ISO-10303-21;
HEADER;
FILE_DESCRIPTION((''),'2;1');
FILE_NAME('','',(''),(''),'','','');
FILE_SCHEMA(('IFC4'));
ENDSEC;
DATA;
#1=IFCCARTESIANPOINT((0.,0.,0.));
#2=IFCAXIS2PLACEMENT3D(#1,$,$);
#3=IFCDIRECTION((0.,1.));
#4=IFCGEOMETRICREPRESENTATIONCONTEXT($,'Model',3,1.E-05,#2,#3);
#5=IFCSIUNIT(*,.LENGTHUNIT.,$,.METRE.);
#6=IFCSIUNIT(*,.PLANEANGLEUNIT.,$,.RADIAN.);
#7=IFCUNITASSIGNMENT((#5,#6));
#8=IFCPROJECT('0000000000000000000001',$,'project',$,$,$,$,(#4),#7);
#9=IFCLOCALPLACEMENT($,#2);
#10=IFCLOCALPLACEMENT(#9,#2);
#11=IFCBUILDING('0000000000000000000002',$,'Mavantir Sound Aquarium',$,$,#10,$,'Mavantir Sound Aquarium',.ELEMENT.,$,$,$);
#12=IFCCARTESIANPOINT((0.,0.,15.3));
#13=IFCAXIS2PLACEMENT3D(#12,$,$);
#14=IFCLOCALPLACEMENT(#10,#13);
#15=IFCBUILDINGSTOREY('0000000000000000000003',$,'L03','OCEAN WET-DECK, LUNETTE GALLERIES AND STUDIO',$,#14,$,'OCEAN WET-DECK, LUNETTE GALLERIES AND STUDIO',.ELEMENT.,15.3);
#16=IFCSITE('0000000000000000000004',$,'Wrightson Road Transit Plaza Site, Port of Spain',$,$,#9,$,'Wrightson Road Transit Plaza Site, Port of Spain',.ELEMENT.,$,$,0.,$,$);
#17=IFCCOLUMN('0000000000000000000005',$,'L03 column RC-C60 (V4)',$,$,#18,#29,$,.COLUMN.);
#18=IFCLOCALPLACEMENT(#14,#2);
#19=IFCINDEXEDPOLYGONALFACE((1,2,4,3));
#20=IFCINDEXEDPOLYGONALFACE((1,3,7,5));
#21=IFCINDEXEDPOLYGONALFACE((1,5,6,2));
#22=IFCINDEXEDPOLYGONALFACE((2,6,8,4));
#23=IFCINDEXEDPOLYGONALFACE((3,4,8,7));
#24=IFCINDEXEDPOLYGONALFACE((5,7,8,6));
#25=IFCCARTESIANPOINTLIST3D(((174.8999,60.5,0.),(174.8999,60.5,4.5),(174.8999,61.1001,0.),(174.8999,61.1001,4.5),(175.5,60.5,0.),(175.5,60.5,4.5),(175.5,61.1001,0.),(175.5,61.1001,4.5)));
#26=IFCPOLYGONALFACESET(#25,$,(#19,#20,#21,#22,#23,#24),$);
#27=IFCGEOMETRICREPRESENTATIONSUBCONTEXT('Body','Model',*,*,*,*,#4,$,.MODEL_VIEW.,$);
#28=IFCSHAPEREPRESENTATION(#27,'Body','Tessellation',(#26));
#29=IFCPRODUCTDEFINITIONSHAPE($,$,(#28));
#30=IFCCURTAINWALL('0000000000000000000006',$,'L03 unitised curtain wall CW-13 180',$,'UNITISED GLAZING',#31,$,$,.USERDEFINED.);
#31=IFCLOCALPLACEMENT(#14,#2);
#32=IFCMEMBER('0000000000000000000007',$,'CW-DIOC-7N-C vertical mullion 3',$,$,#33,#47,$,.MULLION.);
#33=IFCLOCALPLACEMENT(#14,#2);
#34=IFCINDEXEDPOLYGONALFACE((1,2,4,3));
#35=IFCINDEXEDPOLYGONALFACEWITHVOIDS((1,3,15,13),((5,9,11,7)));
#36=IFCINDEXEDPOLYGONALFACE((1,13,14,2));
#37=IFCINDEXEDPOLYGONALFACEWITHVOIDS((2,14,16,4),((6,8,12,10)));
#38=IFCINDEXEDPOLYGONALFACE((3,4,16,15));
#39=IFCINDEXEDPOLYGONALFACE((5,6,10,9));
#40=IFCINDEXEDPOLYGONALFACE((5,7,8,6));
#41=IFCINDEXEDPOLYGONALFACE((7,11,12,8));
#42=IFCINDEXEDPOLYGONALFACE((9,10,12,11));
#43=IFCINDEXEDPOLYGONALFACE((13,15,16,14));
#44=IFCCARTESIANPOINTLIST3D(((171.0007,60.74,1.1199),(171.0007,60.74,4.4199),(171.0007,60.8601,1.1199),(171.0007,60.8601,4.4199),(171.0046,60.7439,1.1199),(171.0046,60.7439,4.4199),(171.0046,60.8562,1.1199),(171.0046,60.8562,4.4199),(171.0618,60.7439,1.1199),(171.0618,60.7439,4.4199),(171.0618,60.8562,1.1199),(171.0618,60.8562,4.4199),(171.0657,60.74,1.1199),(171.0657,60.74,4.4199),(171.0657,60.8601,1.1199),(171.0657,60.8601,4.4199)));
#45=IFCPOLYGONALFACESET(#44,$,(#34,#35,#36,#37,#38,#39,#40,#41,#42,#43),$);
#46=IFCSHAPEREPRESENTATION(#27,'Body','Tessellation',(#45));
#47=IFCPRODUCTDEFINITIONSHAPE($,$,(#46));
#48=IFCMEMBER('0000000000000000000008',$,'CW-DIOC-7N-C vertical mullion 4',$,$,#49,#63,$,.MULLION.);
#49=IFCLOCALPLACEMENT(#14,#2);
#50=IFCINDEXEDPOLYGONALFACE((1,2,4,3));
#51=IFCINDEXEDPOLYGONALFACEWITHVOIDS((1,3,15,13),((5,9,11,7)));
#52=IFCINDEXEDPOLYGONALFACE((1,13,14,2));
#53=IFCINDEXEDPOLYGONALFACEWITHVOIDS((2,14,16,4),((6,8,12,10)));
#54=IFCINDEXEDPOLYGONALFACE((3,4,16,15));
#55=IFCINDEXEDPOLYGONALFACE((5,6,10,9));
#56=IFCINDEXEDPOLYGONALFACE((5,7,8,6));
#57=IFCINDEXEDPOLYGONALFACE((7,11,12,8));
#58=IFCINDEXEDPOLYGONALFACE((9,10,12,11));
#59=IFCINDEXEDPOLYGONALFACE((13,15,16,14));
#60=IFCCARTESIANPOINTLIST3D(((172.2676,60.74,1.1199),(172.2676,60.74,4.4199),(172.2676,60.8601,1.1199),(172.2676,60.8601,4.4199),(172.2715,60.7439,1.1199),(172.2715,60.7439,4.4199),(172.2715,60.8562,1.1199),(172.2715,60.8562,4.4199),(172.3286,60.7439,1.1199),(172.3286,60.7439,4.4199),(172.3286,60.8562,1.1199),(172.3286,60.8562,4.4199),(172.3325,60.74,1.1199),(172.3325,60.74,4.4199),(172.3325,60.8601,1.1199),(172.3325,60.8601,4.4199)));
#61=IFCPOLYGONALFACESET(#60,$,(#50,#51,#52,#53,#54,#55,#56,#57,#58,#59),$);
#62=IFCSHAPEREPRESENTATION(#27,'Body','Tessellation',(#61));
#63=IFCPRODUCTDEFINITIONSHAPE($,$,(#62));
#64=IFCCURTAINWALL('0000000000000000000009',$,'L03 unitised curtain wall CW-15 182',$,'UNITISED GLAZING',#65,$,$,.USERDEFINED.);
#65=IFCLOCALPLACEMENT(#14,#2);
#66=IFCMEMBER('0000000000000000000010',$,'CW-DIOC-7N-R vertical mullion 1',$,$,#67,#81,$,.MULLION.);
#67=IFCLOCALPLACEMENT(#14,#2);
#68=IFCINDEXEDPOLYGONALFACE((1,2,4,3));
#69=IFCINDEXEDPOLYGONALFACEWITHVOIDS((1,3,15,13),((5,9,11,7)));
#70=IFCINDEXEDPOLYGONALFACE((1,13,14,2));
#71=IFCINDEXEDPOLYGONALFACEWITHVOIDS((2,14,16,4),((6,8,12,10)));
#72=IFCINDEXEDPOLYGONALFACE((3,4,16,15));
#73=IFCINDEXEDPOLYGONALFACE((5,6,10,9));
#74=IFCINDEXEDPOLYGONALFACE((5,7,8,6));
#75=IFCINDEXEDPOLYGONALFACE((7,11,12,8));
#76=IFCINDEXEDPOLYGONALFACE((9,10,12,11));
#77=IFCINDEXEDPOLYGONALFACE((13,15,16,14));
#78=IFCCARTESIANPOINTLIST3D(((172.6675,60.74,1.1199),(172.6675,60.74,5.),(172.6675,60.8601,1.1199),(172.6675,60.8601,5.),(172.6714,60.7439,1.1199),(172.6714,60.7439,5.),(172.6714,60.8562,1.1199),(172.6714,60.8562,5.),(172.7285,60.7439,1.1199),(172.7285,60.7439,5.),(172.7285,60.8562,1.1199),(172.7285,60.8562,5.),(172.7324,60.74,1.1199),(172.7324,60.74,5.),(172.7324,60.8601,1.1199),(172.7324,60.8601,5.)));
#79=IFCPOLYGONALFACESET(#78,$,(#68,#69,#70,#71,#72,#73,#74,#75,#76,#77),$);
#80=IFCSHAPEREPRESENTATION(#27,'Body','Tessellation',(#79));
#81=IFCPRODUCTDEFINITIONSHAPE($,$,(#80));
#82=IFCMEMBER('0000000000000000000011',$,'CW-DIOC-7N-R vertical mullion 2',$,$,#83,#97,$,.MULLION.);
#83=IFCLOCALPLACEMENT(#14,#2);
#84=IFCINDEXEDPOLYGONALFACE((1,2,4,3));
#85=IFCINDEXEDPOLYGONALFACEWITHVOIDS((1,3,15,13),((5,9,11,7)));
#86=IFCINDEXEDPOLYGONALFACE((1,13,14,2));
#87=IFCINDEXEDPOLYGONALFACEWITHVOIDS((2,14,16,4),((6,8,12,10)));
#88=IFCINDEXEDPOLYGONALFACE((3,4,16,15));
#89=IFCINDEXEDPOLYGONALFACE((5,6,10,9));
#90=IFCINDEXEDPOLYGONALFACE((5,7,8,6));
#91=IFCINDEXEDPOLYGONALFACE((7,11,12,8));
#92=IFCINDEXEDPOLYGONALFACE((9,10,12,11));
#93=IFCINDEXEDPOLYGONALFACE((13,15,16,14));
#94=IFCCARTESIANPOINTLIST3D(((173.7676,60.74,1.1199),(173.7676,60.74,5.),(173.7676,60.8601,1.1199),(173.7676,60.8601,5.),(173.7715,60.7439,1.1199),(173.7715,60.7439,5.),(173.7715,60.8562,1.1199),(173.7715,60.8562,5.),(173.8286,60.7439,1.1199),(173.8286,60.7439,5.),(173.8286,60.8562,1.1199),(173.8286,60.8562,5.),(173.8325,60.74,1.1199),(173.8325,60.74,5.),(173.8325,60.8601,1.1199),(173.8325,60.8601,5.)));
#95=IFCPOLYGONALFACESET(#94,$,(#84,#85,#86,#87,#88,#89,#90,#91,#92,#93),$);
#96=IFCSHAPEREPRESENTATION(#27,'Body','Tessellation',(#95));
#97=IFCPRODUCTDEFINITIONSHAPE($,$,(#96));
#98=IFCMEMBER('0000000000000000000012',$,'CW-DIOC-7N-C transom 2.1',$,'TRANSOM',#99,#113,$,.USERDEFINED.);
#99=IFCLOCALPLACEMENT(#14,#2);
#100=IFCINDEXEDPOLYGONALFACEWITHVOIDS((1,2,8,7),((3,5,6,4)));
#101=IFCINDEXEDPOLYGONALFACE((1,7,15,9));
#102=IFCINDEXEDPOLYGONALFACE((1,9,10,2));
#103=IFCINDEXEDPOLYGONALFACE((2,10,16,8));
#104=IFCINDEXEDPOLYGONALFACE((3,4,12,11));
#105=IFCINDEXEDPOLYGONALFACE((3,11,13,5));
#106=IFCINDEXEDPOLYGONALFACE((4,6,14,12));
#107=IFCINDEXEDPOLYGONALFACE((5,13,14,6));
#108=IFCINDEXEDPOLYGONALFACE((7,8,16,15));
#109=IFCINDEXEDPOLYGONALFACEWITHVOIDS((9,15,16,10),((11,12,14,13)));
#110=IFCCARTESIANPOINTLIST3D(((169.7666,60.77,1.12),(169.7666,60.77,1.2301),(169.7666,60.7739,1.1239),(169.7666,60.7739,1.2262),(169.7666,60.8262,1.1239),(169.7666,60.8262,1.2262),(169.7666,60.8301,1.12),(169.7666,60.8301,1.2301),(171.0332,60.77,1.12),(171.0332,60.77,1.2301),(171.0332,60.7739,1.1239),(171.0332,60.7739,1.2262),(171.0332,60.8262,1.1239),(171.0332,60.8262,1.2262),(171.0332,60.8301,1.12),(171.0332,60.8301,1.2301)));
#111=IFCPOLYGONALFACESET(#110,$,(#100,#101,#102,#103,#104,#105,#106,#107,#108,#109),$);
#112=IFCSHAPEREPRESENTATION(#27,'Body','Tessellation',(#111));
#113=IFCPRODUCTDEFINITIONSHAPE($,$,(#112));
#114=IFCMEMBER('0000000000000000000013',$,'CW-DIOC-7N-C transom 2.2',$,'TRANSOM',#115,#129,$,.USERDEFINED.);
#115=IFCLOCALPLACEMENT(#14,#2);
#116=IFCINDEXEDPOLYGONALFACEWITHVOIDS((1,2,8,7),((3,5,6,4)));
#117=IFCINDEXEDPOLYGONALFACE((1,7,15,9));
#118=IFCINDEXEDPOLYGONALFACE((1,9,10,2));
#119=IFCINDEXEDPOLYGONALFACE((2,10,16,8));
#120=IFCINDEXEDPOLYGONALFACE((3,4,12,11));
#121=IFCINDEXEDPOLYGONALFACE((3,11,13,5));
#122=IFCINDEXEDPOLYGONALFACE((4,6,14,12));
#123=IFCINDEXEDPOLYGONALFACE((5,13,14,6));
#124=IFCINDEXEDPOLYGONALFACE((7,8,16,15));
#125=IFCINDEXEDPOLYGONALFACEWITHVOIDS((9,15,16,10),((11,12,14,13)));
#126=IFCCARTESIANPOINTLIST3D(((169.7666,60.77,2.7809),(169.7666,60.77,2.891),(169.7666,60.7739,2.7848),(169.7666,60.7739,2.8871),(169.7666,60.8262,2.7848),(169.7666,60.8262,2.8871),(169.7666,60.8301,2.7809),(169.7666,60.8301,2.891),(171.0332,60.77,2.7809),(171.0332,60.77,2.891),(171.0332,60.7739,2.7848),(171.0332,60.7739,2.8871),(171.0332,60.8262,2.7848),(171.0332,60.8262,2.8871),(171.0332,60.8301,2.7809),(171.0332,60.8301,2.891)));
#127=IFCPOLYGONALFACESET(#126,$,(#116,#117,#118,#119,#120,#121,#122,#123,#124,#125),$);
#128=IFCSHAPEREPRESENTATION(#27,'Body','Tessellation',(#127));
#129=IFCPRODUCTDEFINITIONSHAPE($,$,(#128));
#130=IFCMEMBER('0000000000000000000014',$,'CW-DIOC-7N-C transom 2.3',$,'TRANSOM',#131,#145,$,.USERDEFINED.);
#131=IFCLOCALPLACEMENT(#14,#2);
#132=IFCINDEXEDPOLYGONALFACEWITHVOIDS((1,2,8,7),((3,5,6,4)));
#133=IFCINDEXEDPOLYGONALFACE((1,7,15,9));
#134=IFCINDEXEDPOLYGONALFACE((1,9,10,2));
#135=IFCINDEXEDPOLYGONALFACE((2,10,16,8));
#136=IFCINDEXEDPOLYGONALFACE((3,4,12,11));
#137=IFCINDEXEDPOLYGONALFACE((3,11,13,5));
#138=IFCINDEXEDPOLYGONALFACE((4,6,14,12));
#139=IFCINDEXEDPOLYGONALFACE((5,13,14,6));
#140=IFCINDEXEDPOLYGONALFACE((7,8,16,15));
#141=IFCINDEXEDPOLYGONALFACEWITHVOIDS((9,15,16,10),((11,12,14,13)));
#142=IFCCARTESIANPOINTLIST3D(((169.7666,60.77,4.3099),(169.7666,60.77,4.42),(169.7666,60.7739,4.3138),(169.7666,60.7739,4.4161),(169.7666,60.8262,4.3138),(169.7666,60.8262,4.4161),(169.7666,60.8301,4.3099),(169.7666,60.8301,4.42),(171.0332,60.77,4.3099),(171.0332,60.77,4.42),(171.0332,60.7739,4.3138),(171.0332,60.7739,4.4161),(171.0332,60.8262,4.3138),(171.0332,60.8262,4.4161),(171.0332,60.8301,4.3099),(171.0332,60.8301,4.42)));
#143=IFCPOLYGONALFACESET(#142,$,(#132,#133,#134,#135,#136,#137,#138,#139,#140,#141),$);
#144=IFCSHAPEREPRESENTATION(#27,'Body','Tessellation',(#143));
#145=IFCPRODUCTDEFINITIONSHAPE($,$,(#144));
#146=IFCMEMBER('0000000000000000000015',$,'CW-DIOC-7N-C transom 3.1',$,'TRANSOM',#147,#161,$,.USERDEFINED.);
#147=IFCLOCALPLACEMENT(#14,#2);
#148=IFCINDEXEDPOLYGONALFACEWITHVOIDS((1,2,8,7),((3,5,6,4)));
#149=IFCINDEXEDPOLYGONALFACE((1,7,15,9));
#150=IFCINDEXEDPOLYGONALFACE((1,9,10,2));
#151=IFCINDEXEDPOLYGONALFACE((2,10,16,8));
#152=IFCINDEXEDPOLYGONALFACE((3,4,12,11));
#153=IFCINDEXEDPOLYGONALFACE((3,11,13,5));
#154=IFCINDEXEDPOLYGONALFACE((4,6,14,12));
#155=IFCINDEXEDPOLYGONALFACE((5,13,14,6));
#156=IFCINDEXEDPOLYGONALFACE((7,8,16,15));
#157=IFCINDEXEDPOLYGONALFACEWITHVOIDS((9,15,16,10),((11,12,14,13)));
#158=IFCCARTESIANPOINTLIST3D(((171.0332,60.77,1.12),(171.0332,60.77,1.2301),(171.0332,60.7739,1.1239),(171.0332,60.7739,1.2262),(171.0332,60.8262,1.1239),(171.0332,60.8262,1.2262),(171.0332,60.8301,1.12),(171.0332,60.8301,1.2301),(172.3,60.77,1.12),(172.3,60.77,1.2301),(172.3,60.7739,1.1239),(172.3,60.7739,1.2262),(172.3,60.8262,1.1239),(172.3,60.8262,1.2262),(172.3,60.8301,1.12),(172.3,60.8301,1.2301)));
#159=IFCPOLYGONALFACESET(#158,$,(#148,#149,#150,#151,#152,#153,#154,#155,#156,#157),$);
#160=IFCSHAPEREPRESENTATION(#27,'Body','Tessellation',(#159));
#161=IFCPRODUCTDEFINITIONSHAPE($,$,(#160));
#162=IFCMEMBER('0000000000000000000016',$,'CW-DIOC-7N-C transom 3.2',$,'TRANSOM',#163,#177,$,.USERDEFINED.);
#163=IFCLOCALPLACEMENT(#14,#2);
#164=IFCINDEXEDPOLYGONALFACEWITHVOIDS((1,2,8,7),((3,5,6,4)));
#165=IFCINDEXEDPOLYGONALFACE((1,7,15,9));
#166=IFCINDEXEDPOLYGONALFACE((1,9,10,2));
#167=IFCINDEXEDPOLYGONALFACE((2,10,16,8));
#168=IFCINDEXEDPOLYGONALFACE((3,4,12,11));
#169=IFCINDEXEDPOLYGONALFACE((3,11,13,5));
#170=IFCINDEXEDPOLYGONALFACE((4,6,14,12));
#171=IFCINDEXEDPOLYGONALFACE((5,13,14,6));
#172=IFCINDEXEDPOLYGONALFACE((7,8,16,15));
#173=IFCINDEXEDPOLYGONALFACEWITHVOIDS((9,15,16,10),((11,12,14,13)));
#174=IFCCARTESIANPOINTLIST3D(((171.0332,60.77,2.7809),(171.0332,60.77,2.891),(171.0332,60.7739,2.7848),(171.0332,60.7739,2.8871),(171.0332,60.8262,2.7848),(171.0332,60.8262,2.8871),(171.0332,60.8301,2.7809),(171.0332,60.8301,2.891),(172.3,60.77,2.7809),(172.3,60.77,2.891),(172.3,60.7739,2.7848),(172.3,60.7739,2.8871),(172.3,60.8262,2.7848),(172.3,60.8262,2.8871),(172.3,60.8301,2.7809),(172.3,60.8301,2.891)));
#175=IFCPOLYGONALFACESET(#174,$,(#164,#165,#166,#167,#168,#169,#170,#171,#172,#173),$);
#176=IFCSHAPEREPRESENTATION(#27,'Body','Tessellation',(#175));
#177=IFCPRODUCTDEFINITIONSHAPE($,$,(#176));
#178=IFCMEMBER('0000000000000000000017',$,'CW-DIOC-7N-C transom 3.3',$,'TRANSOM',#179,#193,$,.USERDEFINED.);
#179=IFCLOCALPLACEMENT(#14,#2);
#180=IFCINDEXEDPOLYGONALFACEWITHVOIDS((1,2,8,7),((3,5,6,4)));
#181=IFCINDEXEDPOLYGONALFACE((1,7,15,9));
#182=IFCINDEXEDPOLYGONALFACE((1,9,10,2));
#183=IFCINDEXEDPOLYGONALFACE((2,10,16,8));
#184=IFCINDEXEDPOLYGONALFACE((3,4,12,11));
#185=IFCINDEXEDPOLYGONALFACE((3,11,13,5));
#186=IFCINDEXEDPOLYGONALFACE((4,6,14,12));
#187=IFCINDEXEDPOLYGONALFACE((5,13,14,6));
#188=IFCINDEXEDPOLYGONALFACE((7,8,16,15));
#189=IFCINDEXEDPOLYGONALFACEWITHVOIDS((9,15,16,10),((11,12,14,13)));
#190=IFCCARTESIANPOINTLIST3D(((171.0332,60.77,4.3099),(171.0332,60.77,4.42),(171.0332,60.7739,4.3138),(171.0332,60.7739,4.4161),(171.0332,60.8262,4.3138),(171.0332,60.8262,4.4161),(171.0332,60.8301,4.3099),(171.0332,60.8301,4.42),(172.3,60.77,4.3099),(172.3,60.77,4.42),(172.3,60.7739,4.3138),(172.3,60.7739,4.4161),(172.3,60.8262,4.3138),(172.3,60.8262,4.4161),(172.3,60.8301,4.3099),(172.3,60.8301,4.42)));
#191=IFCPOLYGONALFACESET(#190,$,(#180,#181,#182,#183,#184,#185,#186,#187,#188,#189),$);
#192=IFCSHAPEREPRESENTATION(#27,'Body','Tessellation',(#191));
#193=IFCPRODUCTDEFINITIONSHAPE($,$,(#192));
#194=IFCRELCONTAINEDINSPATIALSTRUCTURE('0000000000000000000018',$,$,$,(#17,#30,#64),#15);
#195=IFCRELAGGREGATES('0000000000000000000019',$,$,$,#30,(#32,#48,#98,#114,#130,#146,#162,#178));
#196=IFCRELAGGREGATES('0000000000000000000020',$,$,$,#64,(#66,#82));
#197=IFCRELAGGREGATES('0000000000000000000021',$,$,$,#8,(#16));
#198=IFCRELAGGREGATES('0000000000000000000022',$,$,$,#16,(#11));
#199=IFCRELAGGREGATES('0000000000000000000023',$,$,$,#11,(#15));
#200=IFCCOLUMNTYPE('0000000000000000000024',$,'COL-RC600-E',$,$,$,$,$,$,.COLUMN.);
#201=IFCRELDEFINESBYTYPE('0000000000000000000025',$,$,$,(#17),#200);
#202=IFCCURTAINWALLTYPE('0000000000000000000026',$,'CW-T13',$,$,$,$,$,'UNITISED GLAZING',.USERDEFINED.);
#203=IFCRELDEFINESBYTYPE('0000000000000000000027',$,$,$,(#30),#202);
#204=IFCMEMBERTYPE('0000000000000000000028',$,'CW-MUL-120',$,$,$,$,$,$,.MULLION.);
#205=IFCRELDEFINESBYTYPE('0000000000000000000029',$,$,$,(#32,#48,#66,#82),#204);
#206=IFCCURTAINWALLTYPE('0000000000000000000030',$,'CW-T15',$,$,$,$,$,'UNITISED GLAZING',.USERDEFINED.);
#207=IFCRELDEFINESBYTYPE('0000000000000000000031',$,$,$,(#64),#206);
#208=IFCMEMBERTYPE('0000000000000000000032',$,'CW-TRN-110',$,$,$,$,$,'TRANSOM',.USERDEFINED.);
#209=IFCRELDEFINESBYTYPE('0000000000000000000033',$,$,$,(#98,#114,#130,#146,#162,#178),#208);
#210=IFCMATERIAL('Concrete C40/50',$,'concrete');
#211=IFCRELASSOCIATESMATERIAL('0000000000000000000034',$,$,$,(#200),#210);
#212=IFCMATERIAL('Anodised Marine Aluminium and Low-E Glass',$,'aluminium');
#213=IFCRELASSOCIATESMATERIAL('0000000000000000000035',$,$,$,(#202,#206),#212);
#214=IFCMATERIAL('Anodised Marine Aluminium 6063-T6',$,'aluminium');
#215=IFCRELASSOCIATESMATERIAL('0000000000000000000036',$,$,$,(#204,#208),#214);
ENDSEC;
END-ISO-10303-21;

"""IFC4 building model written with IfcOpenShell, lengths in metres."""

from ifc_helpers import new_model, si_unit, direction, frame, origin, origin_2d, place, context, subcontext, project, spatial, rectangle, hollow_rectangle, extrude, material, material_profile, profile_set, type_object, element, aggregate, save


model = new_model("IFC4")

# Units and contexts
model_context = context("Model", 3, precision=1e-05, world=origin(), true_north=direction((0.0, 1.0)))
body_context = subcontext(model_context, "Body", "Model", "MODEL_VIEW")
ifc_project = project(units=[si_unit("LENGTHUNIT", "METRE"), si_unit("PLANEANGLEUNIT", "RADIAN")], contexts=[model_context])

# Site, building, storey
site_placement = place(None, origin())
site = spatial("IfcSite", under=ifc_project, at=site_placement, Name="Wrightson Road Transit Plaza Site, Port of Spain", LongName="Wrightson Road Transit Plaza Site, Port of Spain", CompositionType="ELEMENT", RefElevation=0.0)
building_placement = place(site_placement, origin())
building = spatial("IfcBuilding", under=site, at=building_placement, Name="Mavantir Sound Aquarium", LongName="Mavantir Sound Aquarium", CompositionType="ELEMENT")
storey_placement = place(building_placement, frame((0.0, 0.0, 15.3)))
storey = spatial("IfcBuildingStorey", under=building, at=storey_placement, Name="L03", Description="OCEAN WET-DECK, LUNETTE GALLERIES AND STUDIO", LongName="OCEAN WET-DECK, LUNETTE GALLERIES AND STUDIO", CompositionType="ELEMENT", Elevation=15.3)

# Column
ifc_material_1 = material(Name="Concrete C40/50", Category="concrete")
ifc_material_profile_1 = material_profile(ifc_material_1, rectangle(XDim=0.6001, YDim=0.6001, at=origin_2d()), Name="RC 600X600")
ifc_profile_set_1 = profile_set([ifc_material_profile_1], Name="Concrete C40/50")
column_type = type_object("IfcColumnType", Name="COL-RC600-E", PredefinedType="COLUMN", material=ifc_profile_set_1)
column_placement = place(storey_placement, frame((175.2, 60.8, 0.0), z_axis=(0.0, 0.0, 1.0), x_axis=(1.0, 0.0, 0.0)))
element("IfcColumn", 1, at=column_placement, inside=storey, type_object=column_type, Name="L03 column RC-C60 (V4)", PredefinedType="COLUMN", context=body_context, shape_type="SweptSolid", body=[
    extrude(rectangle(XDim=0.6001, YDim=0.6001, at=origin_2d()), origin(), (0.0, 0.0, 1.0), 4.5),
])

# Curtain walls, members
ifc_material_2 = material(Name="Anodised Marine Aluminium and Low-E Glass", Category="aluminium")
curtain_wall_type_1 = type_object("IfcCurtainWallType", Name="CW-T13", ElementType="UNITISED GLAZING", PredefinedType="USERDEFINED", material=ifc_material_2)
curtain_wall_1_placement = place(storey_placement, origin())
curtain_wall_1 = element("IfcCurtainWall", 2, at=curtain_wall_1_placement, inside=storey, type_object=curtain_wall_type_1, Name="L03 unitised curtain wall CW-13 180", ObjectType="UNITISED GLAZING", PredefinedType="USERDEFINED")
ifc_material_3 = material(Name="Anodised Marine Aluminium 6063-T6", Category="aluminium")
ifc_material_profile_2 = material_profile(ifc_material_3, hollow_rectangle(XDim=0.0649, YDim=0.1201, WallThickness=0.0039, at=origin_2d()), Name="ALU-MULLION-120X65")
ifc_profile_set_2 = profile_set([ifc_material_profile_2], Name="Anodised Marine Aluminium 6063-T6")
member_type_1 = type_object("IfcMemberType", Name="CW-MUL-120", PredefinedType="MULLION", material=ifc_profile_set_2)
member_1_placement = place(storey_placement, frame((171.0332, 60.8, 1.1199), z_axis=(0.0, 0.0, 1.0), x_axis=(1.0, 0.0, 0.0)))
member_1 = element("IfcMember", 3, at=member_1_placement, type_object=member_type_1, Name="CW-DIOC-7N-C vertical mullion 3", PredefinedType="MULLION", context=body_context, shape_type="SweptSolid", body=[
    extrude(hollow_rectangle(XDim=0.0649, YDim=0.1201, WallThickness=0.0039, at=origin_2d()), origin(), (0.0, 0.0, 1.0), 3.3),
])
member_2_placement = place(storey_placement, frame((172.3, 60.8, 1.1199), z_axis=(0.0, 0.0, 1.0), x_axis=(1.0, 0.0, 0.0)))
member_2 = element("IfcMember", 4, at=member_2_placement, type_object=member_type_1, Name="CW-DIOC-7N-C vertical mullion 4", PredefinedType="MULLION", context=body_context, shape_type="SweptSolid", body=[
    extrude(hollow_rectangle(XDim=0.0649, YDim=0.1201, WallThickness=0.0039, at=origin_2d()), origin(), (0.0, 0.0, 1.0), 3.3),
])
curtain_wall_type_2 = type_object("IfcCurtainWallType", Name="CW-T15", ElementType="UNITISED GLAZING", PredefinedType="USERDEFINED", material=ifc_material_2)
curtain_wall_2_placement = place(storey_placement, origin())
curtain_wall_2 = element("IfcCurtainWall", 5, at=curtain_wall_2_placement, inside=storey, type_object=curtain_wall_type_2, Name="L03 unitised curtain wall CW-15 182", ObjectType="UNITISED GLAZING", PredefinedType="USERDEFINED")
member_3_placement = place(storey_placement, frame((172.7, 60.8, 1.1199), z_axis=(0.0, 0.0, 1.0), x_axis=(1.0, 0.0, 0.0)))
member_3 = element("IfcMember", 6, at=member_3_placement, type_object=member_type_1, Name="CW-DIOC-7N-R vertical mullion 1", PredefinedType="MULLION", context=body_context, shape_type="SweptSolid", body=[
    extrude(hollow_rectangle(XDim=0.0649, YDim=0.1201, WallThickness=0.0039, at=origin_2d()), origin(), (0.0, 0.0, 1.0), 3.8801),
])
member_4_placement = place(storey_placement, frame((173.8, 60.8, 1.1199), z_axis=(0.0, 0.0, 1.0), x_axis=(1.0, 0.0, 0.0)))
member_4 = element("IfcMember", 7, at=member_4_placement, type_object=member_type_1, Name="CW-DIOC-7N-R vertical mullion 2", PredefinedType="MULLION", context=body_context, shape_type="SweptSolid", body=[
    extrude(hollow_rectangle(XDim=0.0649, YDim=0.1201, WallThickness=0.0039, at=origin_2d()), origin(), (0.0, 0.0, 1.0), 3.8801),
])

# Members
ifc_material_profile_3 = material_profile(ifc_material_3, hollow_rectangle(XDim=0.0601, YDim=0.1101, WallThickness=0.0039, at=origin_2d()), Name="ALU-TRANSOM-110X60")
ifc_profile_set_3 = profile_set([ifc_material_profile_3], Name="Anodised Marine Aluminium 6063-T6")
member_type_2 = type_object("IfcMemberType", Name="CW-TRN-110", ElementType="TRANSOM", PredefinedType="USERDEFINED", material=ifc_profile_set_3)
member_5_placement = place(storey_placement, frame((169.7666, 60.8, 1.175), z_axis=(1.0, 0.0, 0.0), x_axis=(0.0, 1.0, 0.0)))
member_5 = element("IfcMember", 8, at=member_5_placement, type_object=member_type_2, Name="CW-DIOC-7N-C transom 2.1", ObjectType="TRANSOM", PredefinedType="USERDEFINED", context=body_context, shape_type="SweptSolid", body=[
    extrude(hollow_rectangle(XDim=0.0601, YDim=0.1101, WallThickness=0.0039, at=origin_2d()), origin(), (0.0, 0.0, 1.0), 1.2666),
])
member_6_placement = place(storey_placement, frame((169.7666, 60.8, 2.8359), z_axis=(1.0, 0.0, 0.0), x_axis=(0.0, 1.0, 0.0)))
member_6 = element("IfcMember", 9, at=member_6_placement, type_object=member_type_2, Name="CW-DIOC-7N-C transom 2.2", ObjectType="TRANSOM", PredefinedType="USERDEFINED", context=body_context, shape_type="SweptSolid", body=[
    extrude(hollow_rectangle(XDim=0.0601, YDim=0.1101, WallThickness=0.0039, at=origin_2d()), origin(), (0.0, 0.0, 1.0), 1.2666),
])
member_7_placement = place(storey_placement, frame((169.7666, 60.8, 4.365), z_axis=(1.0, 0.0, 0.0), x_axis=(0.0, 1.0, 0.0)))
member_7 = element("IfcMember", 10, at=member_7_placement, type_object=member_type_2, Name="CW-DIOC-7N-C transom 2.3", ObjectType="TRANSOM", PredefinedType="USERDEFINED", context=body_context, shape_type="SweptSolid", body=[
    extrude(hollow_rectangle(XDim=0.0601, YDim=0.1101, WallThickness=0.0039, at=origin_2d()), origin(), (0.0, 0.0, 1.0), 1.2666),
])
member_8_placement = place(storey_placement, frame((171.0332, 60.8, 1.175), z_axis=(1.0, 0.0, 0.0), x_axis=(0.0, 1.0, 0.0)))
member_8 = element("IfcMember", 11, at=member_8_placement, type_object=member_type_2, Name="CW-DIOC-7N-C transom 3.1", ObjectType="TRANSOM", PredefinedType="USERDEFINED", context=body_context, shape_type="SweptSolid", body=[
    extrude(hollow_rectangle(XDim=0.0601, YDim=0.1101, WallThickness=0.0039, at=origin_2d()), origin(), (0.0, 0.0, 1.0), 1.2668),
])
member_9_placement = place(storey_placement, frame((171.0332, 60.8, 2.8359), z_axis=(1.0, 0.0, 0.0), x_axis=(0.0, 1.0, 0.0)))
member_9 = element("IfcMember", 12, at=member_9_placement, type_object=member_type_2, Name="CW-DIOC-7N-C transom 3.2", ObjectType="TRANSOM", PredefinedType="USERDEFINED", context=body_context, shape_type="SweptSolid", body=[
    extrude(hollow_rectangle(XDim=0.0601, YDim=0.1101, WallThickness=0.0039, at=origin_2d()), origin(), (0.0, 0.0, 1.0), 1.2668),
])
member_10_placement = place(storey_placement, frame((171.0332, 60.8, 4.365), z_axis=(1.0, 0.0, 0.0), x_axis=(0.0, 1.0, 0.0)))
member_10 = element("IfcMember", 13, at=member_10_placement, type_object=member_type_2, Name="CW-DIOC-7N-C transom 3.3", ObjectType="TRANSOM", PredefinedType="USERDEFINED", context=body_context, shape_type="SweptSolid", body=[
    extrude(hollow_rectangle(XDim=0.0601, YDim=0.1101, WallThickness=0.0039, at=origin_2d()), origin(), (0.0, 0.0, 1.0), 1.2668),
])

aggregate(curtain_wall_1, [member_1, member_2, member_5, member_6, member_7, member_8, member_9, member_10])
aggregate(curtain_wall_2, [member_3, member_4])

save(model, "model.ifc")
